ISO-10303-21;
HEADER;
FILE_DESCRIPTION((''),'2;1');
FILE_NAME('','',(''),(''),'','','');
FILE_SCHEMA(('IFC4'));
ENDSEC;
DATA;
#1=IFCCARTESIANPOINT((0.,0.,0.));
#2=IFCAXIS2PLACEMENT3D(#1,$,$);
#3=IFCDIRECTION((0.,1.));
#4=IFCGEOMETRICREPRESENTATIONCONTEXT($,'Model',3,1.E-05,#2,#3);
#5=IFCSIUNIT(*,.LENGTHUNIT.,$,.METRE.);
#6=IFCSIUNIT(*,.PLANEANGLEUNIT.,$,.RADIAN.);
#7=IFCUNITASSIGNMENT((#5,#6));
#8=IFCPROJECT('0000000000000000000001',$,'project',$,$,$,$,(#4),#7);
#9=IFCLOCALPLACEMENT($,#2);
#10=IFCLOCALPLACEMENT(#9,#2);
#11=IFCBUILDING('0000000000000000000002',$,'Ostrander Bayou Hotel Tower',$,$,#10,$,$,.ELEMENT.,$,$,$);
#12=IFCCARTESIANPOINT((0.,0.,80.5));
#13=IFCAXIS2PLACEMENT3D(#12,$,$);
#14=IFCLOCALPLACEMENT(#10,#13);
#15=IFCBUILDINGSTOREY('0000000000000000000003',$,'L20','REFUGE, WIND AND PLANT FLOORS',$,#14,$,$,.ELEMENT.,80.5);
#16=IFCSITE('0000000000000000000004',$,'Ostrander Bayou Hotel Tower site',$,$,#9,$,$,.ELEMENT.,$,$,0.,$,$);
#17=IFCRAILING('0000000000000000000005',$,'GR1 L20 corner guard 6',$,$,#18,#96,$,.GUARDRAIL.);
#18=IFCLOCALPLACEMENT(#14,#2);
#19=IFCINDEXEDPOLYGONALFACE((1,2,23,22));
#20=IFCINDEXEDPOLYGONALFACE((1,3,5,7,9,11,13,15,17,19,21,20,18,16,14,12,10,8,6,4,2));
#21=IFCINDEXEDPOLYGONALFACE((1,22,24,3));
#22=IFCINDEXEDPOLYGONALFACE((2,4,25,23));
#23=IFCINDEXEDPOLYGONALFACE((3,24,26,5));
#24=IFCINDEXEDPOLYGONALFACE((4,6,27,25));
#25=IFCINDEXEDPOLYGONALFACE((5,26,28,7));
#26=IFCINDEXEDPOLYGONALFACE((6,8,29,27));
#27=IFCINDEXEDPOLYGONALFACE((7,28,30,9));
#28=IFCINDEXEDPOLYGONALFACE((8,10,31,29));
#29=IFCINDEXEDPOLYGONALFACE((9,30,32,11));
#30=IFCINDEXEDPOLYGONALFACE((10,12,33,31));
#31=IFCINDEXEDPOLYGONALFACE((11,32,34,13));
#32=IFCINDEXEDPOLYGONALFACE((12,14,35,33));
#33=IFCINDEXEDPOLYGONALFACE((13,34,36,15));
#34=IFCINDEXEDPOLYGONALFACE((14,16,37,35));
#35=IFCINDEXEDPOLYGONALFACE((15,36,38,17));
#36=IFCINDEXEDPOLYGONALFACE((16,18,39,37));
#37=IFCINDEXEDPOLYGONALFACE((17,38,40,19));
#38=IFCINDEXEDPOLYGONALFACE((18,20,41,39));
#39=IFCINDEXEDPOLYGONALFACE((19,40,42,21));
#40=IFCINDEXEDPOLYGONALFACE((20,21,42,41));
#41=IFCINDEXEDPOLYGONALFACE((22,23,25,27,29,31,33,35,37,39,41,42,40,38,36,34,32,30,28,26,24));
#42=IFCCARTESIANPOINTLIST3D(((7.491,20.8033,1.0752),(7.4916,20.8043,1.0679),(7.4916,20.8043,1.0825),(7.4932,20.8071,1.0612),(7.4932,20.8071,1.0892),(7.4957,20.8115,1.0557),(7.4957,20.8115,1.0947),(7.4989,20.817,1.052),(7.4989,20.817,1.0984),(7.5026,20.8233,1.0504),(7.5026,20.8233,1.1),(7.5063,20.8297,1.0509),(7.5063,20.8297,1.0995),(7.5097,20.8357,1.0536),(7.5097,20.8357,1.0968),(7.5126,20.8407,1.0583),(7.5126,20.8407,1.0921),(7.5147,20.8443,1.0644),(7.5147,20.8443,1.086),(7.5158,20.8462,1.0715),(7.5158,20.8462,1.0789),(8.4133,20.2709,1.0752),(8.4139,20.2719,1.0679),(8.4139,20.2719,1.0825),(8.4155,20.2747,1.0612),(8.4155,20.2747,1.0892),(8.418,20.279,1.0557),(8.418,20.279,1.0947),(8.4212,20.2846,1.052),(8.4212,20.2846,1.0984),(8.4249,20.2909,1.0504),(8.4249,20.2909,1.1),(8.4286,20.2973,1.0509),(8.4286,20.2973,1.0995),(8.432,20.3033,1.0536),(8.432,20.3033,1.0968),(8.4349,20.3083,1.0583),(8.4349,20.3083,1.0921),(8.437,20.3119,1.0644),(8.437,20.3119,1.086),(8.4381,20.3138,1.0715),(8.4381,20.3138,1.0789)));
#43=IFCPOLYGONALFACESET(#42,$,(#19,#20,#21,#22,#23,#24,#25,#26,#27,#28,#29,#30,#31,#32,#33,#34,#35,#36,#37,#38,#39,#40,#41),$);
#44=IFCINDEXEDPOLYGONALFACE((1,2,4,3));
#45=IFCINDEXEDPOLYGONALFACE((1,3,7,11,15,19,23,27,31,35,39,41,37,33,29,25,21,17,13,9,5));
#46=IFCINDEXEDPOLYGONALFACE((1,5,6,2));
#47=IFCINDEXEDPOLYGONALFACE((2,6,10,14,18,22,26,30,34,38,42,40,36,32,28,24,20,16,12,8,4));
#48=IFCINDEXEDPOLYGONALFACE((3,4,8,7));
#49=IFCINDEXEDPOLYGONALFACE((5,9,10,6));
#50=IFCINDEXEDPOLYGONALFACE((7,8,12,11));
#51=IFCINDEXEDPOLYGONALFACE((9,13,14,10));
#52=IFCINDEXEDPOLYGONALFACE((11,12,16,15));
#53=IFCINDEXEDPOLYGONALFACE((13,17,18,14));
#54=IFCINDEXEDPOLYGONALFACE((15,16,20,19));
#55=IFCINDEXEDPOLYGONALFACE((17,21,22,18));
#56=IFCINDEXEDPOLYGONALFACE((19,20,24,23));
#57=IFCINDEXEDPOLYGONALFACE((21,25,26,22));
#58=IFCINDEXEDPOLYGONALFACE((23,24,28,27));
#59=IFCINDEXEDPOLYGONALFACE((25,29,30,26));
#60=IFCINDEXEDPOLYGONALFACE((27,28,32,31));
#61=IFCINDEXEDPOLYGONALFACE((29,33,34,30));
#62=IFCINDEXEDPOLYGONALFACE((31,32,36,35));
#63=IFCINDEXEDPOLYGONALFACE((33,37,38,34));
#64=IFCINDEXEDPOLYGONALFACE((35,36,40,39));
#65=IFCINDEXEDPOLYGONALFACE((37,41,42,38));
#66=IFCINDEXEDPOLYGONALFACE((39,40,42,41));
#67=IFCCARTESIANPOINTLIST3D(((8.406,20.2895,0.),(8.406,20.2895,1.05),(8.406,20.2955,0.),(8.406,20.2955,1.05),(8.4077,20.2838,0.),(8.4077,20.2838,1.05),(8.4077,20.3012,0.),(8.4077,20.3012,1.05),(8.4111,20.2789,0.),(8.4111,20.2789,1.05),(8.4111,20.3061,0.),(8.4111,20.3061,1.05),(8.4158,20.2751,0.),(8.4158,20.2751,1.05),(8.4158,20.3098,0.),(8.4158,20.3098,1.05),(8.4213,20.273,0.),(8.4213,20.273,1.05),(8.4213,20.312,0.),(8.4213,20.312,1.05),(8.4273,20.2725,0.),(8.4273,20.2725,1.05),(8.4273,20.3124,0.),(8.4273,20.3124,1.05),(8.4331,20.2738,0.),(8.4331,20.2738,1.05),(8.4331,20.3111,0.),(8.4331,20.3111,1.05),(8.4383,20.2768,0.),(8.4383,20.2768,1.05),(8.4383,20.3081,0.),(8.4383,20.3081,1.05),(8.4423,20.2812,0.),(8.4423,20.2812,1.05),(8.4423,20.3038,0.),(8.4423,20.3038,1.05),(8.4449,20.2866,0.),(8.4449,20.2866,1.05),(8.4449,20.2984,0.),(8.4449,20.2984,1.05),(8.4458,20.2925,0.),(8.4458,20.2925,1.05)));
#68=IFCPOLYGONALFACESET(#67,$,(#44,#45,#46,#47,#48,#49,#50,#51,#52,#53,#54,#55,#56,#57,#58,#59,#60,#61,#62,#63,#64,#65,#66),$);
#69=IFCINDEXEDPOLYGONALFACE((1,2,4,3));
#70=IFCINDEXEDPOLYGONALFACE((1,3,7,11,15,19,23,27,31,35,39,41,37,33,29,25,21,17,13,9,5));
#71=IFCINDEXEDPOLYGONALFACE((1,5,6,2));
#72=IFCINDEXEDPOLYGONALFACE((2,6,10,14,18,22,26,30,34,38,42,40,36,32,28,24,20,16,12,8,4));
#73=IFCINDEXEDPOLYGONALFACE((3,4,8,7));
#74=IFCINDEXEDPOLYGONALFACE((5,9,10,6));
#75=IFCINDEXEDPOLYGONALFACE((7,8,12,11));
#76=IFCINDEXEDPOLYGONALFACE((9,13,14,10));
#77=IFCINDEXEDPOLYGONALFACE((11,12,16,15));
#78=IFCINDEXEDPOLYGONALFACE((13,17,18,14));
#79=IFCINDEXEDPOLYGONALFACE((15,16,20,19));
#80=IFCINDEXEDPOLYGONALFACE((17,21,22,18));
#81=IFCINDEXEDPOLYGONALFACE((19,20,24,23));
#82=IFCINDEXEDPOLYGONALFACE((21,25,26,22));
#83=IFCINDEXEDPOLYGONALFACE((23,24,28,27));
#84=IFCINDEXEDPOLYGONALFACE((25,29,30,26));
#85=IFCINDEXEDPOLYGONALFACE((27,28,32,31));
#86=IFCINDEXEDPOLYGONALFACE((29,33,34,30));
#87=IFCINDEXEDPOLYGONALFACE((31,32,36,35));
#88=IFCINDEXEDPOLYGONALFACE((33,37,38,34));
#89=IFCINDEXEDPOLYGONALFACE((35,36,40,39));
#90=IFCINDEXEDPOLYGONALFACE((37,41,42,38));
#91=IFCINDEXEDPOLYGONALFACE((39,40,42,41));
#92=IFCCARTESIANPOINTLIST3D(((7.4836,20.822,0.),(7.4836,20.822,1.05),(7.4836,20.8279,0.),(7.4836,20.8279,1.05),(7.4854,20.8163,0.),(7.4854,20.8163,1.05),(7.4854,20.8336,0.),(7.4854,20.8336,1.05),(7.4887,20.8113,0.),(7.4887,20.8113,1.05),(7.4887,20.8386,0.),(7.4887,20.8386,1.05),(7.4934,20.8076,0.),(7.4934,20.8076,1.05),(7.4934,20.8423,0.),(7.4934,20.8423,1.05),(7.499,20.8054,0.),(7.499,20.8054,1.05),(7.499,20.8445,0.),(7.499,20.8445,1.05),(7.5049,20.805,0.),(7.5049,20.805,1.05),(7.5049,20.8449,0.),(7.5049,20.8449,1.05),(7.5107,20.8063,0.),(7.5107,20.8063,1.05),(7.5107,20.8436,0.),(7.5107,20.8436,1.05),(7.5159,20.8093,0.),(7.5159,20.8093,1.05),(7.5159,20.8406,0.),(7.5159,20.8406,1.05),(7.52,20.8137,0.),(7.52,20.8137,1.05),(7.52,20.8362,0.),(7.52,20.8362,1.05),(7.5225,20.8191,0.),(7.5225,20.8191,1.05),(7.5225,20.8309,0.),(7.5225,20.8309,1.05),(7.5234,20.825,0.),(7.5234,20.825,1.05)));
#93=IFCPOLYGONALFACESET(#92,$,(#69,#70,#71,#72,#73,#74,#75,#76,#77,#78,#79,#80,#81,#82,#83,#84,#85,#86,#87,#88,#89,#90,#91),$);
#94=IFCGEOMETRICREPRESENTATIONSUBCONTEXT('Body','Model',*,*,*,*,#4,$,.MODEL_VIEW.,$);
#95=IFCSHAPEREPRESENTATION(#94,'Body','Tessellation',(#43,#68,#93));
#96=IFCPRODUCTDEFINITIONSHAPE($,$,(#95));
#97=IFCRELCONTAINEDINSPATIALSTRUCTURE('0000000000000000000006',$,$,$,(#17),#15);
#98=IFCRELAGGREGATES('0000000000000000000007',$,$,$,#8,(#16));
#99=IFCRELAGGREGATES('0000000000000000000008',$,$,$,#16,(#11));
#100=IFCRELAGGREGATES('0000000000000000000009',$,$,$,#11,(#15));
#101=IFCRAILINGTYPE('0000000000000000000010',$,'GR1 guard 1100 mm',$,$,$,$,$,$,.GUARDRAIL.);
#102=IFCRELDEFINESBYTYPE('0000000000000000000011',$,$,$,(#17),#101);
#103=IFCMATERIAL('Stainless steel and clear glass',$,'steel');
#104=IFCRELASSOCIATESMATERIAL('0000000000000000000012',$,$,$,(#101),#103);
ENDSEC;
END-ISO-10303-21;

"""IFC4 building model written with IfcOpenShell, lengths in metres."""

from ifc_helpers import new_model, si_unit, direction, frame, origin, origin_2d, place, context, subcontext, project, spatial, circle, extrude, material, type_object, element, save


model = new_model("IFC4")

# Units and contexts
model_context = context("Model", 3, precision=1e-05, world=origin(), true_north=direction((0.0, 1.0)))
body_context = subcontext(model_context, "Body", "Model", "MODEL_VIEW")
ifc_project = project(units=[si_unit("LENGTHUNIT", "METRE"), si_unit("PLANEANGLEUNIT", "RADIAN")], contexts=[model_context])

# Site, building, storey
site_placement = place(None, origin())
site = spatial("IfcSite", under=ifc_project, at=site_placement, Name="Ostrander Bayou Hotel Tower site", CompositionType="ELEMENT", RefElevation=0.0)
building_placement = place(site_placement, origin())
building = spatial("IfcBuilding", under=site, at=building_placement, Name="Ostrander Bayou Hotel Tower", CompositionType="ELEMENT")
storey_placement = place(building_placement, frame((0.0, 0.0, 80.5)))
storey = spatial("IfcBuildingStorey", under=building, at=storey_placement, Name="L20", Description="REFUGE, WIND AND PLANT FLOORS", CompositionType="ELEMENT", Elevation=80.5)

# Railing
ifc_material_1 = material(Name="Stainless steel and clear glass", Category="steel")
railing_type = type_object("IfcRailingType", Name="GR1 guard 1100 mm", PredefinedType="GUARDRAIL", material=ifc_material_1)
railing_1_placement = place(storey_placement, frame((8.4258, 20.2925, 0.0)))
element("IfcRailing", 1, at=railing_1_placement, inside=storey, type_object=railing_type, Name="GR1 L20 corner guard 6", PredefinedType="GUARDRAIL", context=body_context, shape_type="SweptSolid", body=[
    extrude(circle(Radius=0.0249, at=origin_2d()), frame((0.0, 0.0, 1.0752), z_axis=(-0.866048, 0.499961, 0.0), x_axis=(-0.499961, -0.866048, 0.0)), (0.0, 0.0, 1.0), 1.0649),
    extrude(circle(Radius=0.02, at=origin_2d()), origin(), (0.0, 0.0, 1.0), 1.05),
    extrude(circle(Radius=0.02, at=origin_2d()), frame((-0.9224, 0.5325, 0.0)), (0.0, 0.0, 1.0), 1.05),
])

save(model, "model.ifc")
